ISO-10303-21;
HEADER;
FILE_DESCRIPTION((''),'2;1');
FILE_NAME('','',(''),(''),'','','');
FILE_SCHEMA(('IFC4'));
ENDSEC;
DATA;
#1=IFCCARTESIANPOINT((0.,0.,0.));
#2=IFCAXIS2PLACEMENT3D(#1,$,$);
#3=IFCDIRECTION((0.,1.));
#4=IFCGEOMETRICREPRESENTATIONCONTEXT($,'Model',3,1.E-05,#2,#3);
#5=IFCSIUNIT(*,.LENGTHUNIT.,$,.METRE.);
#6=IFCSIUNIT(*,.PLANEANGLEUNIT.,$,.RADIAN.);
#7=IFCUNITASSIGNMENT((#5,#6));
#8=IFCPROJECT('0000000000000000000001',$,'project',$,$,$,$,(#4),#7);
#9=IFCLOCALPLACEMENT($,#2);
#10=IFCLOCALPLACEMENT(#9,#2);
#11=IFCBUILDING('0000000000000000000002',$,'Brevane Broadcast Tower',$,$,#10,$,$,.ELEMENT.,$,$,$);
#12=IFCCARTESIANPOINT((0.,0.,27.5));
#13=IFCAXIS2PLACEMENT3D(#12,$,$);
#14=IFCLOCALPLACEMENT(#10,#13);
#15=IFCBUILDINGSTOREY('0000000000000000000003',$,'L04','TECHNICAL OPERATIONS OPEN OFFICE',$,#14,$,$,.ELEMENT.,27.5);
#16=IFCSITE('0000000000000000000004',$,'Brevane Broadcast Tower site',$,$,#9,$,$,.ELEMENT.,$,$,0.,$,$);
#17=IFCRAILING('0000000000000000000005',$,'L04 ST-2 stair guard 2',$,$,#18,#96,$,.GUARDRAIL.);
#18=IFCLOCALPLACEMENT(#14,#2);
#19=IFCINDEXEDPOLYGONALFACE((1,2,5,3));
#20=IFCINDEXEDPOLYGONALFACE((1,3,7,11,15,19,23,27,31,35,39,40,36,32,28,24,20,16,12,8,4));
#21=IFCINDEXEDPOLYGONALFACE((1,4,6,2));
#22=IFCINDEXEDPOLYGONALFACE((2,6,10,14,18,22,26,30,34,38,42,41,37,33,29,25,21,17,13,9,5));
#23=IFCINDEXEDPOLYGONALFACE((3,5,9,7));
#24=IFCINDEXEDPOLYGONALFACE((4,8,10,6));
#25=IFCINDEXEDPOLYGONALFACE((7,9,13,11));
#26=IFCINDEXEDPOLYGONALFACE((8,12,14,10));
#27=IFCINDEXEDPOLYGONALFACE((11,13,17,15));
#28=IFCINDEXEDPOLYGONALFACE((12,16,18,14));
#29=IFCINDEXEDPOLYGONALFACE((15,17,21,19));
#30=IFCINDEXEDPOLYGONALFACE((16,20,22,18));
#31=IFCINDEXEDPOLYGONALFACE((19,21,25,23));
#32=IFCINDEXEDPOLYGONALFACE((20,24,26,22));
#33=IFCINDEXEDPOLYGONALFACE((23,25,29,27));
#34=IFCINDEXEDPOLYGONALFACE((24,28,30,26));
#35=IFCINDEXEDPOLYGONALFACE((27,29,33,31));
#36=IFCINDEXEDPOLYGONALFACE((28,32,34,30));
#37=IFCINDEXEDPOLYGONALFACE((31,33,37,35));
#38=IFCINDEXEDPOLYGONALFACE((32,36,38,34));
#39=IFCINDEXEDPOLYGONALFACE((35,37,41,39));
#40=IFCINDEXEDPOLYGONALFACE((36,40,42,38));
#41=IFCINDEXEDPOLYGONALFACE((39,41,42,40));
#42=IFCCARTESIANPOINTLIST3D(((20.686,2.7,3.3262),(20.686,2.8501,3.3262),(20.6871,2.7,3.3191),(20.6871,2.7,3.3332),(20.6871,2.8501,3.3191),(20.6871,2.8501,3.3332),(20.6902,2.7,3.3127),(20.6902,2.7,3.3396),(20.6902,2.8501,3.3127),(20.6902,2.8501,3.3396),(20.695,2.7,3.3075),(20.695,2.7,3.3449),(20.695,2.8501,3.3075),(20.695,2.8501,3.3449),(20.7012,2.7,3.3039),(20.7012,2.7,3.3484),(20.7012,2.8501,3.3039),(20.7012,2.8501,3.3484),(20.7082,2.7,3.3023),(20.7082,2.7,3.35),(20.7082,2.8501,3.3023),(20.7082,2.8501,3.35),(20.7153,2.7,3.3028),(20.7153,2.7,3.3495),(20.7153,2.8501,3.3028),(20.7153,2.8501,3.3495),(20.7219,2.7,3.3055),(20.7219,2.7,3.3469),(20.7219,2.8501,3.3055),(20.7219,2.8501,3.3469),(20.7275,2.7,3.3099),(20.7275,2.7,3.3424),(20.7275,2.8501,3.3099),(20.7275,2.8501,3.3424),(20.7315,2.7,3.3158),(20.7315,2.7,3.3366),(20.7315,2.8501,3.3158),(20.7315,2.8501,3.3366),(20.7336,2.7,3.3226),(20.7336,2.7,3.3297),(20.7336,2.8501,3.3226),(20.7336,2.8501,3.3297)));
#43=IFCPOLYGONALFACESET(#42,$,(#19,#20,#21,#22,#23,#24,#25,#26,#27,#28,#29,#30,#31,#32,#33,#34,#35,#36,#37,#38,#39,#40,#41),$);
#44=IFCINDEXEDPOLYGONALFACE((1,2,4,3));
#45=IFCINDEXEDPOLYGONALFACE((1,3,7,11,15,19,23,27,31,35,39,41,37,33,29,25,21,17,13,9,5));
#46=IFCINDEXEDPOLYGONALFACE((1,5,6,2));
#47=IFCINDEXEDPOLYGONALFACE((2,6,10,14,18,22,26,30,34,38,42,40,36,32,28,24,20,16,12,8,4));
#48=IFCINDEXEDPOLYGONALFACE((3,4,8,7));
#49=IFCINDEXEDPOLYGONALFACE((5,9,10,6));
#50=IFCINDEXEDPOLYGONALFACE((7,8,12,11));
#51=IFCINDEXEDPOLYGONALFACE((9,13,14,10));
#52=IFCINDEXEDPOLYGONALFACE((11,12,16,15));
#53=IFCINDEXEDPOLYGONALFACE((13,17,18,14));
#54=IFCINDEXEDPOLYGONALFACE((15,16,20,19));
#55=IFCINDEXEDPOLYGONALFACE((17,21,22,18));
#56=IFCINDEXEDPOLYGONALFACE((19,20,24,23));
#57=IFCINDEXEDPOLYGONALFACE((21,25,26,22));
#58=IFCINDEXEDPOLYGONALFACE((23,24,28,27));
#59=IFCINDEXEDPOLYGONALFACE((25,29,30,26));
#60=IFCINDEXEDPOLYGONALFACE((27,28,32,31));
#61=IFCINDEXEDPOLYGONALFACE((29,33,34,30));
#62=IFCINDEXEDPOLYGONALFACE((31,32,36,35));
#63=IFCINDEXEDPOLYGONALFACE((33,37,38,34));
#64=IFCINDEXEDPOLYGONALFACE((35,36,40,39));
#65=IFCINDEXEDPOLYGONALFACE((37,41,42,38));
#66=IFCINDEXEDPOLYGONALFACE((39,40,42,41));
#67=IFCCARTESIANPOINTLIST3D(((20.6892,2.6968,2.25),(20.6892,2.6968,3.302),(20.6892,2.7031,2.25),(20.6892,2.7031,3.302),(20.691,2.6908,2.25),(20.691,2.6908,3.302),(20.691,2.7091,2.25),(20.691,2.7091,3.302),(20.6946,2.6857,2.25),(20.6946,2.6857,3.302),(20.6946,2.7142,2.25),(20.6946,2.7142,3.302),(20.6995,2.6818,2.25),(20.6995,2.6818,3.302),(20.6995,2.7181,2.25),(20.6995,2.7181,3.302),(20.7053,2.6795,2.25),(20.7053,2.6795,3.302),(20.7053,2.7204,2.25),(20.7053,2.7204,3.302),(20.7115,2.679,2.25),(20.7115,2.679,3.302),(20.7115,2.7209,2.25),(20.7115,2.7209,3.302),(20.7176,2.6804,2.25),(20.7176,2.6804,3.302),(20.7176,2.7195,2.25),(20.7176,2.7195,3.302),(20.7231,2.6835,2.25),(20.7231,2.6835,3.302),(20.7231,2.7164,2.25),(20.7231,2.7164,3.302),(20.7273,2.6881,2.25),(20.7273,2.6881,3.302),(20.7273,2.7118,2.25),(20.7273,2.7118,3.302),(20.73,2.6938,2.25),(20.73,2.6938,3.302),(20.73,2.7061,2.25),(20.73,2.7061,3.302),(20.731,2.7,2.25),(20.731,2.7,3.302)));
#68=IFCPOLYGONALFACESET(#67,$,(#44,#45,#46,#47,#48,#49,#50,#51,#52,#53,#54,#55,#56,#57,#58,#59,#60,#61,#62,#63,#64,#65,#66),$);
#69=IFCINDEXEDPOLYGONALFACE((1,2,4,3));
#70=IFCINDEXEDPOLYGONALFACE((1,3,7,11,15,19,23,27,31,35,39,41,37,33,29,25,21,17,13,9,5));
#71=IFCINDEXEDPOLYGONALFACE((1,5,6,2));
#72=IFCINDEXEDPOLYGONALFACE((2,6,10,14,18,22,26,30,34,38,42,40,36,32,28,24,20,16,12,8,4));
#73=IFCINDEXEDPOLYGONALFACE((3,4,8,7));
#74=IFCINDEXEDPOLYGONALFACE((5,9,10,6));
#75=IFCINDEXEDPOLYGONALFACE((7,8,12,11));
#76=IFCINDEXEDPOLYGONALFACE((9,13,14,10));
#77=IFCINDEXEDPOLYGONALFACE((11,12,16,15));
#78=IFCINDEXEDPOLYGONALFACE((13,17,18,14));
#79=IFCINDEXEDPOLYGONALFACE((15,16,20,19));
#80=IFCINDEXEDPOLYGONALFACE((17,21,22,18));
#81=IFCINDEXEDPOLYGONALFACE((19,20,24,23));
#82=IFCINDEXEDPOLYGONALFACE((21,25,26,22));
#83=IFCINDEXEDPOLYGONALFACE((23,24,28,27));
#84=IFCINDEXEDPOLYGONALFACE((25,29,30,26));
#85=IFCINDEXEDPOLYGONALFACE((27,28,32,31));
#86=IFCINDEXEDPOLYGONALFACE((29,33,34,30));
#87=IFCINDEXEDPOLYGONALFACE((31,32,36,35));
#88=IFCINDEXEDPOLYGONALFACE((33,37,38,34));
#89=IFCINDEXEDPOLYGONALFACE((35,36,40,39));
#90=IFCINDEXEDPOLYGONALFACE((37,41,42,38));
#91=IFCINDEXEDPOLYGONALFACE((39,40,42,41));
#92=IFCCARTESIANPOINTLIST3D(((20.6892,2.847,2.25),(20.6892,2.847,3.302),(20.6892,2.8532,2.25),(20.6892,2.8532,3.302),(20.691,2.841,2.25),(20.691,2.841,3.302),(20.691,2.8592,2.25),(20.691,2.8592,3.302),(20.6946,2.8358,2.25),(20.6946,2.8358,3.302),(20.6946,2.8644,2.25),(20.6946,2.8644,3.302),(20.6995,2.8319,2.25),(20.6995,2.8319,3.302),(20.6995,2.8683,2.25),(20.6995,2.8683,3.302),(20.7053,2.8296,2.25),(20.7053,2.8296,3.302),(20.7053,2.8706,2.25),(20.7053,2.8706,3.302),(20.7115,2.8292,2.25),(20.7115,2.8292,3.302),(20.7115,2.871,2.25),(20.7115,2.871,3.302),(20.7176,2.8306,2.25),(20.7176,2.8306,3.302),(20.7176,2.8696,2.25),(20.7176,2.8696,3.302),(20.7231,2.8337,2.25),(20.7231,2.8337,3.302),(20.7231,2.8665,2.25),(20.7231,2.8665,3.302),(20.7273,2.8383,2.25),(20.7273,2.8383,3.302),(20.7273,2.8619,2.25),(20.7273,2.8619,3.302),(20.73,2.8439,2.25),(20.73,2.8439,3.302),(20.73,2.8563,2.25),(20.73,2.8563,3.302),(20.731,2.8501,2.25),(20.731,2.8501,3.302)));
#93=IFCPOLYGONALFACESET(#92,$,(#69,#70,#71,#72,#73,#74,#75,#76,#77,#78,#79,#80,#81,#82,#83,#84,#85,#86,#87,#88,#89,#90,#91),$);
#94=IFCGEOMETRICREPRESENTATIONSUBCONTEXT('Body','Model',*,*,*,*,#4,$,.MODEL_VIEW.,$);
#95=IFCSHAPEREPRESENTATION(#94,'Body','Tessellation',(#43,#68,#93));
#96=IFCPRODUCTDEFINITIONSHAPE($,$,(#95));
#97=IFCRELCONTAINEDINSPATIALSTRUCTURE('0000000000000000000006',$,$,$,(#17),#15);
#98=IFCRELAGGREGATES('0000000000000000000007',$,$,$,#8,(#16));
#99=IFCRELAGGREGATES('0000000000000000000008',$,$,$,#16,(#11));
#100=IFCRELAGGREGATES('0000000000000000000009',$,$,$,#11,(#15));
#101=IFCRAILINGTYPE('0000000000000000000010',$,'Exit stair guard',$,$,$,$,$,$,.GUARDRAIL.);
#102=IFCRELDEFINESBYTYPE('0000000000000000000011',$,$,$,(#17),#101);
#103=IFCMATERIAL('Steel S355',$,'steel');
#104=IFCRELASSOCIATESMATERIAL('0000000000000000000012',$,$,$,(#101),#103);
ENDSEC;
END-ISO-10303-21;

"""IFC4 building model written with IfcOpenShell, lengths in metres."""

from ifc_helpers import new_model, si_unit, direction, frame, origin, origin_2d, place, context, subcontext, project, spatial, circle, extrude, material, type_object, element, save


model = new_model("IFC4")

# Units and contexts
model_context = context("Model", 3, precision=1e-05, world=origin(), true_north=direction((0.0, 1.0)))
body_context = subcontext(model_context, "Body", "Model", "MODEL_VIEW")
ifc_project = project(units=[si_unit("LENGTHUNIT", "METRE"), si_unit("PLANEANGLEUNIT", "RADIAN")], contexts=[model_context])

# Site, building, storey
site_placement = place(None, origin())
site = spatial("IfcSite", under=ifc_project, at=site_placement, Name="Brevane Broadcast Tower site", CompositionType="ELEMENT", RefElevation=0.0)
building_placement = place(site_placement, origin())
building = spatial("IfcBuilding", under=site, at=building_placement, Name="Brevane Broadcast Tower", CompositionType="ELEMENT")
storey_placement = place(building_placement, frame((0.0, 0.0, 27.5)))
storey = spatial("IfcBuildingStorey", under=building, at=storey_placement, Name="L04", Description="TECHNICAL OPERATIONS OPEN OFFICE", CompositionType="ELEMENT", Elevation=27.5)

# Railing
ifc_material_1 = material(Name="Steel S355", Category="steel")
railing_type_1 = type_object("IfcRailingType", Name="Exit stair guard", PredefinedType="GUARDRAIL", material=ifc_material_1)
railing_1_placement = place(storey_placement, frame((20.71, 2.7, 2.25)))
element("IfcRailing", 1, at=railing_1_placement, inside=storey, type_object=railing_type_1, Name="L04 ST-2 stair guard 2", PredefinedType="GUARDRAIL", context=body_context, shape_type="SweptSolid", body=[
    extrude(circle(Radius=0.0239, at=origin_2d()), frame((0.0, 0.0, 1.0762), z_axis=(0.0, 1.0, 0.0), x_axis=(-1.0, 0.0, 0.0)), (0.0, 0.0, 1.0), 0.1501),
    extrude(circle(Radius=0.021, at=origin_2d()), origin(), (0.0, 0.0, 1.0), 1.052),
    extrude(circle(Radius=0.021, at=origin_2d()), frame((0.0, 0.1501, 0.0)), (0.0, 0.0, 1.0), 1.052),
])

save(model, "model.ifc")
